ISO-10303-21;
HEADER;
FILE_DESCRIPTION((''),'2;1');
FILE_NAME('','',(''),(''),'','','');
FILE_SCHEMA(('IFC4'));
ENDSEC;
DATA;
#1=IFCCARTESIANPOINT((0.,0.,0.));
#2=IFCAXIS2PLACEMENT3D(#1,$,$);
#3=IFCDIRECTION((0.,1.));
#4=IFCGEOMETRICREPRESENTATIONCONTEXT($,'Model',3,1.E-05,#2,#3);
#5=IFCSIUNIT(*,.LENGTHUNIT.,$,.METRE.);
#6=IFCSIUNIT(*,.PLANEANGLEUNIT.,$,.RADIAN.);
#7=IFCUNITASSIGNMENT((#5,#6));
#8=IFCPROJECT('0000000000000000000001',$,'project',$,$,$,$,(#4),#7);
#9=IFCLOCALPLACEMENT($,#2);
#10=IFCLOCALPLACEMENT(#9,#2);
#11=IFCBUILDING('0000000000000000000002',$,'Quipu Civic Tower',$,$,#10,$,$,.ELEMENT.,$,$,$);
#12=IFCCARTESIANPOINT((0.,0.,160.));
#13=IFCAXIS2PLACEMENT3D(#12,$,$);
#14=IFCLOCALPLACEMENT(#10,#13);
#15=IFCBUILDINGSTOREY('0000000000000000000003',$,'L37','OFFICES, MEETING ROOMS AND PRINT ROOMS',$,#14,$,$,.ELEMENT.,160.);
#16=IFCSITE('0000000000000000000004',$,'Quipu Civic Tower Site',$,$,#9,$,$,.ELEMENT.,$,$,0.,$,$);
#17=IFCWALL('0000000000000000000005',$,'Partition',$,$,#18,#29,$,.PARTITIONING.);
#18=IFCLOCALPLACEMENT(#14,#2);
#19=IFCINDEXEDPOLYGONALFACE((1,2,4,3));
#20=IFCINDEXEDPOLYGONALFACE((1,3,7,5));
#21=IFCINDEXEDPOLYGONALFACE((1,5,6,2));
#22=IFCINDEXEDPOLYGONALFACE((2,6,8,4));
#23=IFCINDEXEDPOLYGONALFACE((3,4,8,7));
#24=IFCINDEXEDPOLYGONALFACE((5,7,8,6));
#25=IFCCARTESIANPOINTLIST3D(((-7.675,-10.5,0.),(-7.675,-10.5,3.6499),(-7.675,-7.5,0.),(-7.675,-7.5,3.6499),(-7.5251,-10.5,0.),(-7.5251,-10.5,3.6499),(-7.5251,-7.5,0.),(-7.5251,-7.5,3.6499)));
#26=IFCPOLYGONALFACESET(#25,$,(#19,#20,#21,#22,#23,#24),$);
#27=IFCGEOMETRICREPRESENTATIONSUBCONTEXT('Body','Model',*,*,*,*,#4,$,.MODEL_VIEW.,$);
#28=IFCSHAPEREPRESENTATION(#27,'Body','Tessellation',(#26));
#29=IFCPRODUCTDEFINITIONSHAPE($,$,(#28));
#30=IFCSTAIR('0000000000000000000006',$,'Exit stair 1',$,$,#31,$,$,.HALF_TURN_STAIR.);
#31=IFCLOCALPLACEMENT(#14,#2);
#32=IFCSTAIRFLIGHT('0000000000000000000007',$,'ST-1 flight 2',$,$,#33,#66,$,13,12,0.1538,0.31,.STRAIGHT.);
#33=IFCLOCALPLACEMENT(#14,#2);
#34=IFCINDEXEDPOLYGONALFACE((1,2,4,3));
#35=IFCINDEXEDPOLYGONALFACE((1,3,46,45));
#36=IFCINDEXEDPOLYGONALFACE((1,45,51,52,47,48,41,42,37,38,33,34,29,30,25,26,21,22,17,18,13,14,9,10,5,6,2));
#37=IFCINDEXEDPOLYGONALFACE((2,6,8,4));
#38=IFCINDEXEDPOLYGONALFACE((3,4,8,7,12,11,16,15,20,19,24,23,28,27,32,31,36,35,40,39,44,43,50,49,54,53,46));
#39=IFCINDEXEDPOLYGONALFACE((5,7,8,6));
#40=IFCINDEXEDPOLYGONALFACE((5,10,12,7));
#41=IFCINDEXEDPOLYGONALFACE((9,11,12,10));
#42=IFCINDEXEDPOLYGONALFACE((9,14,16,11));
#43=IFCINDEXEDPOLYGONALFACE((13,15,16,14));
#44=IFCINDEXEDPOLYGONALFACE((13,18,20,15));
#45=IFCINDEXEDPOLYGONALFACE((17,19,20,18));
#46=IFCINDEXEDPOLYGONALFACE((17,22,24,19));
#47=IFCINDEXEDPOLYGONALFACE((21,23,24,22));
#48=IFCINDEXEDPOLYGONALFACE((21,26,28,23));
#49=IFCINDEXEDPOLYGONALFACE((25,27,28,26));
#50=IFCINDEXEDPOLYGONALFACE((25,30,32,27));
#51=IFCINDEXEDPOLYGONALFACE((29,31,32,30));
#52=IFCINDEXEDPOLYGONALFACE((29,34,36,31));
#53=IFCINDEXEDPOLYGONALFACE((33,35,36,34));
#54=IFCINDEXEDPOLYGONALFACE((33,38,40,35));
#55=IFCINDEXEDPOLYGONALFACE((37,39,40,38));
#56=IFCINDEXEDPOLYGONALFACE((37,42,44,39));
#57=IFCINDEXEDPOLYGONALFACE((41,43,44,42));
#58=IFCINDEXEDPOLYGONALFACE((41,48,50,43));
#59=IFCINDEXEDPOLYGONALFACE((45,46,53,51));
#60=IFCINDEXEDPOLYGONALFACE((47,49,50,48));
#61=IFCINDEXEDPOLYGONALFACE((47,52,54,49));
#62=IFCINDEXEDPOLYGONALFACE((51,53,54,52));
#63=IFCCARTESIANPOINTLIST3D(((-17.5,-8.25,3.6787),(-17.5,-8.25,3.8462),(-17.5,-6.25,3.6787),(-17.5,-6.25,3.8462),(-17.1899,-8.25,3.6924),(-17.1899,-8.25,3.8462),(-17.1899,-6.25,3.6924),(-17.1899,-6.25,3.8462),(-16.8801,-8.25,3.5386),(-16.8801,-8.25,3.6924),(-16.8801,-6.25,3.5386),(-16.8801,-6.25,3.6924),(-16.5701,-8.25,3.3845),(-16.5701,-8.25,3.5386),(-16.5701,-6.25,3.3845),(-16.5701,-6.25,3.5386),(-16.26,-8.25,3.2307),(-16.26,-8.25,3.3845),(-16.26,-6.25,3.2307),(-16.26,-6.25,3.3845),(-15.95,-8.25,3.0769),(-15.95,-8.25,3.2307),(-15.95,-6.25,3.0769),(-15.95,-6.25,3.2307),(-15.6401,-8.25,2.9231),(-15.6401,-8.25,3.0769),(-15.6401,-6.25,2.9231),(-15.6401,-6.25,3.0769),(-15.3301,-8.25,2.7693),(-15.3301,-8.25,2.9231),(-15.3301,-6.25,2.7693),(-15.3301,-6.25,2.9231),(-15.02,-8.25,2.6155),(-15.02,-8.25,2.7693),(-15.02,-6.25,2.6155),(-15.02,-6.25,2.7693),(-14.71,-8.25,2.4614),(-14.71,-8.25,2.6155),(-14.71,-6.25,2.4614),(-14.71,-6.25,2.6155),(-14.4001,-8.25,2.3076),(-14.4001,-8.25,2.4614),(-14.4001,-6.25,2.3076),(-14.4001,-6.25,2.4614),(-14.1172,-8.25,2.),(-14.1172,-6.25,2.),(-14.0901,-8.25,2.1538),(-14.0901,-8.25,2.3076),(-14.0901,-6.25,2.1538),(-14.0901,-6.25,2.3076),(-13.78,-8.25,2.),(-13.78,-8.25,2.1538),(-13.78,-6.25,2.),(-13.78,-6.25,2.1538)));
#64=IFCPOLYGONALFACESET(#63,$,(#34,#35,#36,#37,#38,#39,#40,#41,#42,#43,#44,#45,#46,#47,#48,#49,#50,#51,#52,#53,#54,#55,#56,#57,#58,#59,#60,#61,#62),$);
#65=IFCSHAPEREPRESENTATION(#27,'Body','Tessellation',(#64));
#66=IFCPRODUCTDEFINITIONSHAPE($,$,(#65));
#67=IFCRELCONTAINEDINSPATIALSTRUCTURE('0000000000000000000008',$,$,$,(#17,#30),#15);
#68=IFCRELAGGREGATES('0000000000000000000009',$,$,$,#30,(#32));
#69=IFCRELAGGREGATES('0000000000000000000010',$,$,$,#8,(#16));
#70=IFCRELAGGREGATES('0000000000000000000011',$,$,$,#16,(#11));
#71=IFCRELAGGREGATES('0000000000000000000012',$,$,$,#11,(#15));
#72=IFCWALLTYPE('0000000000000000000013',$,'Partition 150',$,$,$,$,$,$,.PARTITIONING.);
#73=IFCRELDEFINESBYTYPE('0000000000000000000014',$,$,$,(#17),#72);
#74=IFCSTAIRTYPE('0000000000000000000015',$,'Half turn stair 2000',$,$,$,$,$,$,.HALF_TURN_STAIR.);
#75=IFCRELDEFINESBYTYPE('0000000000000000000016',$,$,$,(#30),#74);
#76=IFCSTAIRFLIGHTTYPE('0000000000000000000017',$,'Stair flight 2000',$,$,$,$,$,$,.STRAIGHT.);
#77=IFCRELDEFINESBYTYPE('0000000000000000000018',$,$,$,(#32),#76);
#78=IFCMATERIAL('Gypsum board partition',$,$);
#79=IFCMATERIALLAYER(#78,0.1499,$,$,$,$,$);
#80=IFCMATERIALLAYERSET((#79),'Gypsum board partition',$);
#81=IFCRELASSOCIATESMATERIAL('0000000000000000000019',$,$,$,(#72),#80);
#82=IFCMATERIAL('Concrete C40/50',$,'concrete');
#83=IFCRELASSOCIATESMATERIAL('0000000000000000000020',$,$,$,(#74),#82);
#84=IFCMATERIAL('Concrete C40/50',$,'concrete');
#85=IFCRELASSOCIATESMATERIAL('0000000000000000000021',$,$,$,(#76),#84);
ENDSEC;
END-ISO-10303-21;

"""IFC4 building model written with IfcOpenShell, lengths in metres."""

from ifc_helpers import new_model, si_unit, direction, frame, frame_2d, origin, place, context, subcontext, project, spatial, polyline, rectangle, outline, extrude, material, layer, layer_set, type_object, element, aggregate, save


model = new_model("IFC4")

# Units and contexts
model_context = context("Model", 3, precision=1e-05, world=origin(), true_north=direction((0.0, 1.0)))
body_context = subcontext(model_context, "Body", "Model", "MODEL_VIEW")
ifc_project = project(units=[si_unit("LENGTHUNIT", "METRE"), si_unit("PLANEANGLEUNIT", "RADIAN")], contexts=[model_context])

# Site, building, storey
site_placement = place(None, origin())
site = spatial("IfcSite", under=ifc_project, at=site_placement, Name="Quipu Civic Tower Site", CompositionType="ELEMENT", RefElevation=0.0)
building_placement = place(site_placement, origin())
building = spatial("IfcBuilding", under=site, at=building_placement, Name="Quipu Civic Tower", CompositionType="ELEMENT")
storey_placement = place(building_placement, frame((0.0, 0.0, 160.0)))
storey = spatial("IfcBuildingStorey", under=building, at=storey_placement, Name="L37", Description="OFFICES, MEETING ROOMS AND PRINT ROOMS", CompositionType="ELEMENT", Elevation=160.0)

# Wall
ifc_material_1 = material(Name="Gypsum board partition")
ifc_layer_1 = layer(ifc_material_1, 0.1499)
ifc_layer_set_1 = layer_set([ifc_layer_1], Name="Gypsum board partition")
wall_type_1 = type_object("IfcWallType", Name="Partition 150", PredefinedType="PARTITIONING", material=ifc_layer_set_1)
for number, where, z_axis, x_axis, name in (
    (1, (-7.6001, -10.5, 0.0), (0.0, 0.0, 1.0), (0.0, 1.0, 0.0), "Partition"),
):
    element("IfcWall", number, at=place(storey_placement, frame(where, z_axis=z_axis, x_axis=x_axis)), inside=storey, type_object=wall_type_1, Name=name, PredefinedType="PARTITIONING", context=body_context, shape_type="SweptSolid", body=[
        extrude(rectangle(XDim=3.0, YDim=0.1499, at=frame_2d((1.5, 0.0))), origin(), (0.0, 0.0, 1.0), 3.6499),
    ])

# Stair, stair flight
ifc_material_2 = material(Name="Concrete C40/50", Category="concrete")
stair_type = type_object("IfcStairType", Name="Half turn stair 2000", PredefinedType="HALF_TURN_STAIR", material=ifc_material_2)
stair_placement = place(storey_placement, origin())
stair = element("IfcStair", 2, at=stair_placement, inside=storey, type_object=stair_type, Name="Exit stair 1", PredefinedType="HALF_TURN_STAIR")
ifc_material_3 = material(Name="Concrete C40/50", Category="concrete")
stair_flight_type = type_object("IfcStairFlightType", Name="Stair flight 2000", PredefinedType="STRAIGHT", material=ifc_material_3)
stair_flight_placement = place(storey_placement, frame((-13.78, -7.25, 2.0), z_axis=(0.0, 0.0, 1.0), x_axis=(-1.0, 0.0, 0.0)))
stair_flight = element("IfcStairFlight", 3, at=stair_flight_placement, type_object=stair_flight_type, Name="ST-1 flight 2", NumberOfRisers=13, NumberOfTreads=12, PredefinedType="STRAIGHT", RiserHeight=0.1538, TreadLength=0.31, context=body_context, shape_type="SweptSolid", body=[
    extrude(outline(polyline([(0.0, 0.0), (0.0, 0.1538), (0.3101, 0.1538), (0.3101, 0.3076), (0.6201, 0.3076), (0.6201, 0.4614), (0.9299, 0.4614), (0.9299, 0.6155), (1.24, 0.6155), (1.24, 0.7693), (1.55, 0.7693), (1.55, 0.9231), (1.8601, 0.9231), (1.8601, 1.0769), (2.1699, 1.0769), (2.1699, 1.2307), (2.48, 1.2307), (2.48, 1.3845), (2.79, 1.3845), (2.79, 1.5386), (3.1001, 1.5386), (3.1001, 1.6924), (3.4099, 1.6924), (3.4099, 1.8462), (3.72, 1.8462), (3.72, 2.0), (3.72, 1.6787), (0.3372, 0.0), (0.0, 0.0)])), frame((0.0, 1.0, 0.0), z_axis=(0.0, -1.0, 0.0), x_axis=(1.0, 0.0, 0.0)), (0.0, 0.0, 1.0), 2.0),
])
aggregate(stair, [stair_flight])

save(model, "model.ifc")
